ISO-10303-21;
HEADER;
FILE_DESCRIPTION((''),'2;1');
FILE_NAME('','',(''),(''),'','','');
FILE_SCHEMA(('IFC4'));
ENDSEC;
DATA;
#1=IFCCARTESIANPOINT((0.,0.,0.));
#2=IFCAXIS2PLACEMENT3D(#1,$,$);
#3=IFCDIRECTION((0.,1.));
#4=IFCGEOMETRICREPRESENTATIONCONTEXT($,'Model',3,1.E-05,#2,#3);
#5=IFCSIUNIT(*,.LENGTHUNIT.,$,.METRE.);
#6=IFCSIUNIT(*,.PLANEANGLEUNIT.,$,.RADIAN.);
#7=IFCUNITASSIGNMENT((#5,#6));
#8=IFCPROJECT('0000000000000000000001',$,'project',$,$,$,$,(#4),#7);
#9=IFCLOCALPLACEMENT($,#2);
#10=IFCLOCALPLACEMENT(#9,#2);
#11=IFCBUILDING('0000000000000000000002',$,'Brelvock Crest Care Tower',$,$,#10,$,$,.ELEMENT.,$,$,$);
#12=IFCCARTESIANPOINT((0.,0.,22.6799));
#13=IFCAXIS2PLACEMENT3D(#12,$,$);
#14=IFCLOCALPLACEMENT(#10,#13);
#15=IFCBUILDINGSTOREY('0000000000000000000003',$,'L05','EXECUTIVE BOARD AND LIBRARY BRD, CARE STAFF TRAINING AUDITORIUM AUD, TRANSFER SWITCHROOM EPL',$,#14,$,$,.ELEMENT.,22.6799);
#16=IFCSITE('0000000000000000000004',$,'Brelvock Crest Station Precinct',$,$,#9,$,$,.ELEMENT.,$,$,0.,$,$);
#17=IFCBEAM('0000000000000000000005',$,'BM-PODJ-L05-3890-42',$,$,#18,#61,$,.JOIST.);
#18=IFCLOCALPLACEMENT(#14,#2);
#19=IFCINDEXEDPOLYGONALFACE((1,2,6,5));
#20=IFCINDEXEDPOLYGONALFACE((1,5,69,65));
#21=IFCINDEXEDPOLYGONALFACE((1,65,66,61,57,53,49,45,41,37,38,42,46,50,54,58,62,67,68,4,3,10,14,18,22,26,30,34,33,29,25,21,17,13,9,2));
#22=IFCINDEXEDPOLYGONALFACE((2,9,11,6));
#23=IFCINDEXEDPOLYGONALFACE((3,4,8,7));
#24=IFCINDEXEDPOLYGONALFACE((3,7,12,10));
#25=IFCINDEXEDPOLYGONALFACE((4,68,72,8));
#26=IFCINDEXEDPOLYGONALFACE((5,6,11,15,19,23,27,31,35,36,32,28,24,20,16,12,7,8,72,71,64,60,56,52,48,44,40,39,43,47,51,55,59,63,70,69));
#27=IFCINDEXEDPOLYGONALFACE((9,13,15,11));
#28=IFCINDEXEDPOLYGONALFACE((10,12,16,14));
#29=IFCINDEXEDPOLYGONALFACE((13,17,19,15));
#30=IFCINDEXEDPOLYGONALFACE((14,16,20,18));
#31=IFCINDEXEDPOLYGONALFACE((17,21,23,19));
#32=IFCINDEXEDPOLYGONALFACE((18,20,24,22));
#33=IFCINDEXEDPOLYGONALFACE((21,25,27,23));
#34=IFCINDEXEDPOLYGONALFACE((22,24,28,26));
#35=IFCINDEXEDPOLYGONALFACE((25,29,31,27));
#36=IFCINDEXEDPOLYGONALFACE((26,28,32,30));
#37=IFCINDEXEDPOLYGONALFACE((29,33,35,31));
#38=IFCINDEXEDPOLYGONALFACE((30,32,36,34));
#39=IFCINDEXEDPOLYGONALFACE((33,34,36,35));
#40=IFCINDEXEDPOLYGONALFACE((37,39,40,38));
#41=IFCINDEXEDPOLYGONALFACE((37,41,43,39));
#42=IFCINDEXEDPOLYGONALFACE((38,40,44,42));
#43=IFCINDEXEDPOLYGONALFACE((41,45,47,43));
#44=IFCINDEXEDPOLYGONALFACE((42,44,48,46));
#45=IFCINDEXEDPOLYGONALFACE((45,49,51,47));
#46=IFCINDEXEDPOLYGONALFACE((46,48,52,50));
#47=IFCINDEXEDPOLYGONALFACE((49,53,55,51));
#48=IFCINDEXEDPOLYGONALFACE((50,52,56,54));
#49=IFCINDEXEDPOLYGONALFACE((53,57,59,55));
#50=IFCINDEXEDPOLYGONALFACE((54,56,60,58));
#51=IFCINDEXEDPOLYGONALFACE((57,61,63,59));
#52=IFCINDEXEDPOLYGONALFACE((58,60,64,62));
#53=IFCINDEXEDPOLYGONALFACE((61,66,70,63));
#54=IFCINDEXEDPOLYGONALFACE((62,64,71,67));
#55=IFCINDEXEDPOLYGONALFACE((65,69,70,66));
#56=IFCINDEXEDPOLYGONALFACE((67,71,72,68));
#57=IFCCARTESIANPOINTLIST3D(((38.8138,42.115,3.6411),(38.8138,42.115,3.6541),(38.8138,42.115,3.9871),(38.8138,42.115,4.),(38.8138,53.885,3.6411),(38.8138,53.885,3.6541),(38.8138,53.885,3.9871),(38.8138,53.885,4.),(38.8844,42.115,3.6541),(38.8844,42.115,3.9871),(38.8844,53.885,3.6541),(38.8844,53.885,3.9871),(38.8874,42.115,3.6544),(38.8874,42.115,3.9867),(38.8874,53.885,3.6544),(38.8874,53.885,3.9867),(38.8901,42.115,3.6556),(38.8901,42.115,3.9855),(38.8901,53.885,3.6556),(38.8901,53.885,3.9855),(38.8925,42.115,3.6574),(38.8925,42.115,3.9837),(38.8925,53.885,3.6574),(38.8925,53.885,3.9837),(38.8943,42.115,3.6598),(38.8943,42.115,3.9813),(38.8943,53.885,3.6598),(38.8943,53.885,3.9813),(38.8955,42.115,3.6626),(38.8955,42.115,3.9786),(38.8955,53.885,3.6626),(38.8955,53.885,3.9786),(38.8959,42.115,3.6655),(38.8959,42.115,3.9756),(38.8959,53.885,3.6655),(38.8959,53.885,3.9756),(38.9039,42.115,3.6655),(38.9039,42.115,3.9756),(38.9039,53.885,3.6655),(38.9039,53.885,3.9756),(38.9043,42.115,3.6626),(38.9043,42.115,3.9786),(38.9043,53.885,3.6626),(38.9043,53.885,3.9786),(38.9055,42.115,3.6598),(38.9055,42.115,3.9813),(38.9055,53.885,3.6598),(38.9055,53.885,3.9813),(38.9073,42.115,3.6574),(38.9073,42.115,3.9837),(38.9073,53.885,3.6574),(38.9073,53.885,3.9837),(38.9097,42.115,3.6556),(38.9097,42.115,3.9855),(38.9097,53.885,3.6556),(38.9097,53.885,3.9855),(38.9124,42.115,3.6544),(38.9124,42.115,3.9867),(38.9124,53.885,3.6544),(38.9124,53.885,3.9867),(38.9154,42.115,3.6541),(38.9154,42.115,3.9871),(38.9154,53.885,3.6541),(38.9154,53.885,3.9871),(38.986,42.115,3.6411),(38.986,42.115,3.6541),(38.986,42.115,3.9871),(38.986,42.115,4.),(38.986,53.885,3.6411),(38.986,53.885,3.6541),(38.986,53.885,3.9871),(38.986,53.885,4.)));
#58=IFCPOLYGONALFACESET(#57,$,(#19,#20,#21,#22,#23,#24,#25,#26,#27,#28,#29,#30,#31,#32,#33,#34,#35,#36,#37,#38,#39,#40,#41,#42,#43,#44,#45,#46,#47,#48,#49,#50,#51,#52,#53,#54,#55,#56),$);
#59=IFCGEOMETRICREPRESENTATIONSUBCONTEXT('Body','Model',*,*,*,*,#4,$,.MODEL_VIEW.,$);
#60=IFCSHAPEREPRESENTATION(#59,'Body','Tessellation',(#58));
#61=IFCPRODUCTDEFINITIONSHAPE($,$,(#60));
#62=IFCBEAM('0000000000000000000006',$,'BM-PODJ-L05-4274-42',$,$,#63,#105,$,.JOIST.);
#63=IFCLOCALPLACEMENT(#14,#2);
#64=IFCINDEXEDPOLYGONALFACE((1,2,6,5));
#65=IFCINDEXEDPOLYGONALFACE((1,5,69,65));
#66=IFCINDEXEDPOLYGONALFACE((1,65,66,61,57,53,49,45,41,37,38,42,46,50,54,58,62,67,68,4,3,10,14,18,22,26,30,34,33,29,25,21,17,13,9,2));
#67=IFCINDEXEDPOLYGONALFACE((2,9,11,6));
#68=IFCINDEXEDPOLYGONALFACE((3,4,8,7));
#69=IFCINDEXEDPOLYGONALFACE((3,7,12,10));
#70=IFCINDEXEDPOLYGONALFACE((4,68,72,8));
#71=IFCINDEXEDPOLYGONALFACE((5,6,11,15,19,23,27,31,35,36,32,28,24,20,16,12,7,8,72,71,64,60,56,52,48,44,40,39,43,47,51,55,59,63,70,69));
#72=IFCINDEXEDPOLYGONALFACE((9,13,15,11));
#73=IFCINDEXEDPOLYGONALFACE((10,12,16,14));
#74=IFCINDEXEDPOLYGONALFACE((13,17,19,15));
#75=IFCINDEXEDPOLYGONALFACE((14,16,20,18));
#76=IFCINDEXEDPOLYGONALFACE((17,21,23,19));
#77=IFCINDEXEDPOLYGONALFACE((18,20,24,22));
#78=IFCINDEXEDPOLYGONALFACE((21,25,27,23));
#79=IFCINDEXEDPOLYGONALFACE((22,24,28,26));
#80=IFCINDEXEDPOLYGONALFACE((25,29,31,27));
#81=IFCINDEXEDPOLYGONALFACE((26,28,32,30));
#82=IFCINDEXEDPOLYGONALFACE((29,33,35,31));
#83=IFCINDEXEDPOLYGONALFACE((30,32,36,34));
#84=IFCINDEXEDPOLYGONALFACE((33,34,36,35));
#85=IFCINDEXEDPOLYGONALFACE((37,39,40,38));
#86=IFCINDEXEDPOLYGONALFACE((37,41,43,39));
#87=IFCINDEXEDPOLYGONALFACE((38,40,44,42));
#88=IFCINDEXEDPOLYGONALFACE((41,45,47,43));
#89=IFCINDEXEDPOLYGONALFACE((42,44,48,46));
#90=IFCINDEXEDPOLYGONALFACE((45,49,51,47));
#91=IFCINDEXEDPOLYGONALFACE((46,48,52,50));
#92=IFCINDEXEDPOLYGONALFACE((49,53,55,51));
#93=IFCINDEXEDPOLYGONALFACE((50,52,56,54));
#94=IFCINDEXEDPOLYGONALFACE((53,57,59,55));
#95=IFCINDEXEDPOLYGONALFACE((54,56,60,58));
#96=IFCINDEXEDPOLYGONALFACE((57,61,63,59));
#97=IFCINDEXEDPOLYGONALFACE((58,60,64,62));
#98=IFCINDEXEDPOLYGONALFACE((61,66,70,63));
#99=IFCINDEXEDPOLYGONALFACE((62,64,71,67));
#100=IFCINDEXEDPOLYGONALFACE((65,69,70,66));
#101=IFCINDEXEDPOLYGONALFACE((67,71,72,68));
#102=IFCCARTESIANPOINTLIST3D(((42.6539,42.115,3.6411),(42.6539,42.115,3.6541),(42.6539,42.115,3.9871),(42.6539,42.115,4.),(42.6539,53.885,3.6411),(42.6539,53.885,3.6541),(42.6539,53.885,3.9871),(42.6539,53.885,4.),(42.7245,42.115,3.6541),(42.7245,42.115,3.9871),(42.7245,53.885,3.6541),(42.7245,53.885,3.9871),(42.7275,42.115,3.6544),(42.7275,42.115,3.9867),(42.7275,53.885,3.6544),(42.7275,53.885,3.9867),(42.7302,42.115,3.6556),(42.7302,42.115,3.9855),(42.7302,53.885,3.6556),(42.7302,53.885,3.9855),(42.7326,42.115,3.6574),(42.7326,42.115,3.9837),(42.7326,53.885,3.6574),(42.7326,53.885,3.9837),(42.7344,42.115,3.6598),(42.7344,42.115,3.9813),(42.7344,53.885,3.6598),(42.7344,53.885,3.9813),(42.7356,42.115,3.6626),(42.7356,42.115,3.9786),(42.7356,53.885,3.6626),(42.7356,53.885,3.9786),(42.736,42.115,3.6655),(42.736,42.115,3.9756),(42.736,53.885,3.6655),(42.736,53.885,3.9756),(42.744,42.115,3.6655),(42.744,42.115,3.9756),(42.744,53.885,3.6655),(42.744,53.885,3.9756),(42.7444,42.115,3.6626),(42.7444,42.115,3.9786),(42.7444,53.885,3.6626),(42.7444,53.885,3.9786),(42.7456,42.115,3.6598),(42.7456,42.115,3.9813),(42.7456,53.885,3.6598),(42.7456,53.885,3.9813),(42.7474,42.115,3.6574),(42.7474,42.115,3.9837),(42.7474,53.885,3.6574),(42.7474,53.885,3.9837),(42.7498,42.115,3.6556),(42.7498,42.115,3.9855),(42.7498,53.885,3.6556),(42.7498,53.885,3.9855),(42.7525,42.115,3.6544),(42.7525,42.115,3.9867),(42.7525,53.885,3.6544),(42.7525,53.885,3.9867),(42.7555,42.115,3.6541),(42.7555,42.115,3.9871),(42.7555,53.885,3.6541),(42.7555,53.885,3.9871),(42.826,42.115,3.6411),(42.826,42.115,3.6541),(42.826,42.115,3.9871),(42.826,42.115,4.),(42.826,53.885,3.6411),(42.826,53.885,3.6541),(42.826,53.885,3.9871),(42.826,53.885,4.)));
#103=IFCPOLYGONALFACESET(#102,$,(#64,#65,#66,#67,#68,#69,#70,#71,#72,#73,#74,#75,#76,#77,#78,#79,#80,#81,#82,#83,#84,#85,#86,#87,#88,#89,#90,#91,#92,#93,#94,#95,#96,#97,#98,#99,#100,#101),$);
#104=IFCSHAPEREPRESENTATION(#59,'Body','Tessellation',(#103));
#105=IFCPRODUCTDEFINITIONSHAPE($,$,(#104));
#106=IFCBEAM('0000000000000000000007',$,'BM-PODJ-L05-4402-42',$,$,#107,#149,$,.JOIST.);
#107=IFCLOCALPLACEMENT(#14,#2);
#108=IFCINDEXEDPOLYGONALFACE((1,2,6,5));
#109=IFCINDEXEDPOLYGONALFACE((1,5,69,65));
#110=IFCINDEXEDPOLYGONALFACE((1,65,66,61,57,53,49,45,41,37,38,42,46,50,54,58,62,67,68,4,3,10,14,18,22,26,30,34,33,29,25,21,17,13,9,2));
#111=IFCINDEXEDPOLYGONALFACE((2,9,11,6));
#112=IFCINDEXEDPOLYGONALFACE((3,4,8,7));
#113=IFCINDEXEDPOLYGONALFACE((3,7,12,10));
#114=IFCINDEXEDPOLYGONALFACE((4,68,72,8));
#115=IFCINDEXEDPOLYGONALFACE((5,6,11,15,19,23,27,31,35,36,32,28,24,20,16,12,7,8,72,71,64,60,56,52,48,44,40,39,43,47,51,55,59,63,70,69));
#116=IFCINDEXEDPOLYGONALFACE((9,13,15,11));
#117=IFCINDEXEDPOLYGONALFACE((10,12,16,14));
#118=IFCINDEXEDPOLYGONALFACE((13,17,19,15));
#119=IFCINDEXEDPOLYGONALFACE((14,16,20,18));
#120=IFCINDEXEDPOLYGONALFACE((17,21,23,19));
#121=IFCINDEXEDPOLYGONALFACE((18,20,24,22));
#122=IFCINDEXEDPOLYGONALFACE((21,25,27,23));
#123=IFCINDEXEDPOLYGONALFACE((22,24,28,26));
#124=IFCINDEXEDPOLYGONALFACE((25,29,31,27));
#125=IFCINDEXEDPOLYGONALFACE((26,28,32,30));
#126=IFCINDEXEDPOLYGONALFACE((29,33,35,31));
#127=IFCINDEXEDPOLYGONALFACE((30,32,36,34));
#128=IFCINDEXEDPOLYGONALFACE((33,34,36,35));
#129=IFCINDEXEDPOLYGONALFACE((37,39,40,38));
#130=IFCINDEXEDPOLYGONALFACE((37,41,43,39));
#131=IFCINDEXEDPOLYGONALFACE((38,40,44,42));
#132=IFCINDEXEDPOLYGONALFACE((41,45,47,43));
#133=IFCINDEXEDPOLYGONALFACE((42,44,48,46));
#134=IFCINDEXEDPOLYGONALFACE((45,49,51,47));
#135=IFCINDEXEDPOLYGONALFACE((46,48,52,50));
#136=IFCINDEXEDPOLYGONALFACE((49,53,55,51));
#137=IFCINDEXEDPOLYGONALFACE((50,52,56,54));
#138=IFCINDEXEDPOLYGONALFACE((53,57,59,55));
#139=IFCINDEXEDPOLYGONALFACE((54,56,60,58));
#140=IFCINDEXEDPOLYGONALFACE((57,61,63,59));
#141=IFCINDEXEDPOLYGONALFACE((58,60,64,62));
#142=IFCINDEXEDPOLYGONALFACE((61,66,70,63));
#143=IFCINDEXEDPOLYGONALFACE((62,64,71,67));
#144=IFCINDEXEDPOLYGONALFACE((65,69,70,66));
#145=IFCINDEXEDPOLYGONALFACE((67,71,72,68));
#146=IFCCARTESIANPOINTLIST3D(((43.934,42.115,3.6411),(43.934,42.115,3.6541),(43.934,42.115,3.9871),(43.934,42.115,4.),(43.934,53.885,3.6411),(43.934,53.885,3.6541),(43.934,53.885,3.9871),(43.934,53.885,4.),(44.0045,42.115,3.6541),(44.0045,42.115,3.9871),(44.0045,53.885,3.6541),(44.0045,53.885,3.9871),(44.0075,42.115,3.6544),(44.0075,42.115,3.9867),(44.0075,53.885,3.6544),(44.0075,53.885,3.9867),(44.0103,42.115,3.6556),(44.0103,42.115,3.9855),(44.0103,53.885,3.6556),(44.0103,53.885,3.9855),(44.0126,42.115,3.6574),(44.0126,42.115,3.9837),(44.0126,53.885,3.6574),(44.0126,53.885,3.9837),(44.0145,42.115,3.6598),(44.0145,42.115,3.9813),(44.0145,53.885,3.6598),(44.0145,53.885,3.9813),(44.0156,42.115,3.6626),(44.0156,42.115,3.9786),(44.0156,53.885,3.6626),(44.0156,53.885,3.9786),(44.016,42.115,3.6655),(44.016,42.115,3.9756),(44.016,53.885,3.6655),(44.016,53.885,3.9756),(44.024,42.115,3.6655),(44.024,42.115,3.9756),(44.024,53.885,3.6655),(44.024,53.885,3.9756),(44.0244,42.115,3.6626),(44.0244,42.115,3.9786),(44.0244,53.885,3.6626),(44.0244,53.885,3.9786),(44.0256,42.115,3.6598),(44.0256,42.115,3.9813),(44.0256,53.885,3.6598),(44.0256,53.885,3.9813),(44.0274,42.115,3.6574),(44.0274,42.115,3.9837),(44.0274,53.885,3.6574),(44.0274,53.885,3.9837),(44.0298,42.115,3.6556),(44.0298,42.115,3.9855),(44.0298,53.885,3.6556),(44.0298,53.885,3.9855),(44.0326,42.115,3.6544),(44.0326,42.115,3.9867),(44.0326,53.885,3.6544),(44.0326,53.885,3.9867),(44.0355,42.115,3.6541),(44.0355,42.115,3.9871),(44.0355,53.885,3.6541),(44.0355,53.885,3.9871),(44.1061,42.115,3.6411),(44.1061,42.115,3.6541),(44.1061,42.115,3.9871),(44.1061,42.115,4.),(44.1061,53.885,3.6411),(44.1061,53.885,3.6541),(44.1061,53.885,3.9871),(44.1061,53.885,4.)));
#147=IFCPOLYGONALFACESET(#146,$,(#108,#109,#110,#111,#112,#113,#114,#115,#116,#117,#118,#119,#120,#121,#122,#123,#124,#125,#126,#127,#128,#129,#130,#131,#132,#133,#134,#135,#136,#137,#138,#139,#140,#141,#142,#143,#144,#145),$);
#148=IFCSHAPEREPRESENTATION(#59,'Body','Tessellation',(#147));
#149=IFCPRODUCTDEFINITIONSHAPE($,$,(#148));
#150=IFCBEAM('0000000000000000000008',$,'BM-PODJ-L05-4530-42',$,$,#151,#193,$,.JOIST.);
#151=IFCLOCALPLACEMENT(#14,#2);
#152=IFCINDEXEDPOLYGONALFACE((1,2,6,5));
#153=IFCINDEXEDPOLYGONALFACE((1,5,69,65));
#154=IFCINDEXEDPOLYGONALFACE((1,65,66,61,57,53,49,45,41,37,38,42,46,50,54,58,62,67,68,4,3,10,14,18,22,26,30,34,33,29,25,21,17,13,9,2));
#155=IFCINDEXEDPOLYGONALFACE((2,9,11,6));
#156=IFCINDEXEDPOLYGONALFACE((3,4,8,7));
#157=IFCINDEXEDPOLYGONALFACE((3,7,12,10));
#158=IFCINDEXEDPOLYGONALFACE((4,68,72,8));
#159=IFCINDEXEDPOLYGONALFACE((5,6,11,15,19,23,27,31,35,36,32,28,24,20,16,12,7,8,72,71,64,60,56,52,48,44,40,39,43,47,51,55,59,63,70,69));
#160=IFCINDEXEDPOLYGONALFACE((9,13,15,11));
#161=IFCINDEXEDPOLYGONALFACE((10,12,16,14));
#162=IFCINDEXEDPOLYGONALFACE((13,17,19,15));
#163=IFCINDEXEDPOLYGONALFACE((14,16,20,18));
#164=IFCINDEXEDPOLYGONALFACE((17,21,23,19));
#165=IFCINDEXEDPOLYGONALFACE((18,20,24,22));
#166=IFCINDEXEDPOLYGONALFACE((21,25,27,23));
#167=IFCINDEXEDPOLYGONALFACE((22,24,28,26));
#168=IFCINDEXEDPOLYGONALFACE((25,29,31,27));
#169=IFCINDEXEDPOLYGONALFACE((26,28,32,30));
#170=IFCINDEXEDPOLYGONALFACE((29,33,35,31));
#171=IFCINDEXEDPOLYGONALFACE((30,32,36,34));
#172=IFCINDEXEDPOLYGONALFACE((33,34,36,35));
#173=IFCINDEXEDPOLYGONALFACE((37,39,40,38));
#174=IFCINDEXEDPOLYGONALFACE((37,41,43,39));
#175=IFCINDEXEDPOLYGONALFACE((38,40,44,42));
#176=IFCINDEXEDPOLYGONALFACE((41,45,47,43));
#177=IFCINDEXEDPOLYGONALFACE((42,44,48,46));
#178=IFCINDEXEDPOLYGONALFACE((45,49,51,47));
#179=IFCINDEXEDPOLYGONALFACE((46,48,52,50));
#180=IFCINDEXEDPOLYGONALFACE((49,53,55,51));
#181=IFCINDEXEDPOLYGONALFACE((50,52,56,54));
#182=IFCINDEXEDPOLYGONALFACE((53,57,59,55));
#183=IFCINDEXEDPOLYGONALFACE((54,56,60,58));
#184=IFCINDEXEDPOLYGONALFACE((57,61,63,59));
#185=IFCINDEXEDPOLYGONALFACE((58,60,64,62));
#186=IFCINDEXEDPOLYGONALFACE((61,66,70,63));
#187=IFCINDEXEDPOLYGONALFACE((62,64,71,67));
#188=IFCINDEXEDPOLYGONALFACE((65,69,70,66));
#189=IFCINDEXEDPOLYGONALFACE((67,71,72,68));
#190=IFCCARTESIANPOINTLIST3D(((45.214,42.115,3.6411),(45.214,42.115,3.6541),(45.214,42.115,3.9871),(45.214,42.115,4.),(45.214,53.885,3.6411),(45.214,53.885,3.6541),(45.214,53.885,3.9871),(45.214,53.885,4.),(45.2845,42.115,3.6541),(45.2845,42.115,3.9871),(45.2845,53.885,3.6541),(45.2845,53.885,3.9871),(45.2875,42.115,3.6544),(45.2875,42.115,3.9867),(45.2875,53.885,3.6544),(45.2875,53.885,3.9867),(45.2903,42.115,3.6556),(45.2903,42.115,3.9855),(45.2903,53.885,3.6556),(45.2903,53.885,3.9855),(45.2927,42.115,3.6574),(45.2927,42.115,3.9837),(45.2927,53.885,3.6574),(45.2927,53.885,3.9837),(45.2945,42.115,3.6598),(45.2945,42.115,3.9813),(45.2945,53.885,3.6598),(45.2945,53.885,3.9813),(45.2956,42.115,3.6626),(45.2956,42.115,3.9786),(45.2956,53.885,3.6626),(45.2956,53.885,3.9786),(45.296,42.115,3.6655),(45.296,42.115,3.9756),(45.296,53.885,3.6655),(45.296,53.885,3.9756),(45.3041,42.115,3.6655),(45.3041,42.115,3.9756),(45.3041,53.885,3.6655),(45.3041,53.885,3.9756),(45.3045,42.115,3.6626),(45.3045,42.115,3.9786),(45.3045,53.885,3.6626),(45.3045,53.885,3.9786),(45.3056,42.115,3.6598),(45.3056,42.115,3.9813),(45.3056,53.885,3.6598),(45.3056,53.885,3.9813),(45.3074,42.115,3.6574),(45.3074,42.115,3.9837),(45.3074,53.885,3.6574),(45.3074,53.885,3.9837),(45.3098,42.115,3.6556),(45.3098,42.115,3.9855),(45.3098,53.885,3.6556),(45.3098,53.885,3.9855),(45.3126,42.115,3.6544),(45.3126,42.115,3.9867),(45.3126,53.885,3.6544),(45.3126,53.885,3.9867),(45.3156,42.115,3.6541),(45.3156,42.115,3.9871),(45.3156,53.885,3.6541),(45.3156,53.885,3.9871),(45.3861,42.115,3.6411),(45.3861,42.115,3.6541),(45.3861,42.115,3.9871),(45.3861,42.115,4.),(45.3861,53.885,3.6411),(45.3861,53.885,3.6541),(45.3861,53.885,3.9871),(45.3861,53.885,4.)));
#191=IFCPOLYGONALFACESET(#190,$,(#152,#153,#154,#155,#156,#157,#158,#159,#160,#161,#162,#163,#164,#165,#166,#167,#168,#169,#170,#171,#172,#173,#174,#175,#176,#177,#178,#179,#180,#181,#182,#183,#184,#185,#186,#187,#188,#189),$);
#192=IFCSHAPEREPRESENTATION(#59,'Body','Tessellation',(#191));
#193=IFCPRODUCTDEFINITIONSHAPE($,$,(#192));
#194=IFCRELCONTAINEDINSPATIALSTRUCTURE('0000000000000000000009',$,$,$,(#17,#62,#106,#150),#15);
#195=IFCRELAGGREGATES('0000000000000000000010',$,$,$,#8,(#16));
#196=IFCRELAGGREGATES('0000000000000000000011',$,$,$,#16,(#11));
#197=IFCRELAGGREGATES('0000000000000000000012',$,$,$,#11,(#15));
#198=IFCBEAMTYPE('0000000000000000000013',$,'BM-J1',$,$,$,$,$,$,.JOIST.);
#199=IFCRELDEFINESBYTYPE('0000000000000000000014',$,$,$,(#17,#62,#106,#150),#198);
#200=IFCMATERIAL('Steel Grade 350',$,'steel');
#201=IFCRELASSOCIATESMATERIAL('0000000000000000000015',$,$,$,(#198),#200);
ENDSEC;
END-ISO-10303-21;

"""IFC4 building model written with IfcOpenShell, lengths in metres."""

from ifc_helpers import new_model, si_unit, direction, frame, origin, origin_2d, place, context, subcontext, project, spatial, i_section, extrude, source, transform, mapped, material, material_profile, profile_set, type_object, element, save


model = new_model("IFC4")

# Units and contexts
model_context = context("Model", 3, precision=1e-05, world=origin(), true_north=direction((0.0, 1.0)))
body_context = subcontext(model_context, "Body", "Model", "MODEL_VIEW")
ifc_project = project(units=[si_unit("LENGTHUNIT", "METRE"), si_unit("PLANEANGLEUNIT", "RADIAN")], contexts=[model_context])

# Site, building, storey
site_placement = place(None, origin())
site = spatial("IfcSite", under=ifc_project, at=site_placement, Name="Brelvock Crest Station Precinct", CompositionType="ELEMENT", RefElevation=0.0)
building_placement = place(site_placement, origin())
building = spatial("IfcBuilding", under=site, at=building_placement, Name="Brelvock Crest Care Tower", CompositionType="ELEMENT")
storey_placement = place(building_placement, frame((0.0, 0.0, 22.6799)))
storey = spatial("IfcBuildingStorey", under=building, at=storey_placement, Name="L05", Description="EXECUTIVE BOARD AND LIBRARY BRD, CARE STAFF TRAINING AUDITORIUM AUD, TRANSFER SWITCHROOM EPL", CompositionType="ELEMENT", Elevation=22.6799)

# Shared definitions
ifc_material_1 = material(Name="Steel Grade 350", Category="steel")

# Beams
ifc_material_profile_1 = material_profile(ifc_material_1, i_section(OverallWidth=0.1721, OverallDepth=0.3589, WebThickness=0.0081, FlangeThickness=0.0129, FilletRadius=0.0115, at=origin_2d()), Name="360UB56.7")
ifc_profile_set_1 = profile_set([ifc_material_profile_1], Name="Steel Grade 350")
beam_type_1 = type_object("IfcBeamType", Name="BM-J1", PredefinedType="JOIST", material=ifc_profile_set_1)
shared_shape_1 = source(origin(), body_context, "Body", "SweptSolid", [
    extrude(i_section(OverallWidth=0.1721, OverallDepth=0.3589, WebThickness=0.0081, FlangeThickness=0.0129, FilletRadius=0.0115, at=origin_2d()), origin(), (0.0, 0.0, 1.0), 11.77),
])
for number, where, z_axis, x_axis, name in (
    (1, (38.8999, 42.115, 3.8206), (0.0, 1.0, 0.0), (-1.0, 0.0, 0.0), "BM-PODJ-L05-3890-42"),
    (2, (42.74, 42.115, 3.8206), (0.0, 1.0, 0.0), (-1.0, 0.0, 0.0), "BM-PODJ-L05-4274-42"),
    (3, (44.02, 42.115, 3.8206), (0.0, 1.0, 0.0), (-1.0, 0.0, 0.0), "BM-PODJ-L05-4402-42"),
    (4, (45.3, 42.115, 3.8206), (0.0, 1.0, 0.0), (-1.0, 0.0, 0.0), "BM-PODJ-L05-4530-42"),
):
    element("IfcBeam", number, at=place(storey_placement, frame(where, z_axis=z_axis, x_axis=x_axis)), inside=storey, type_object=beam_type_1, Name=name, PredefinedType="JOIST", context=body_context, shape_type="MappedRepresentation", body=[
        mapped(shared_shape_1, transform((0.0, 0.0, 0.0), x_axis=(1.0, 0.0, 0.0), y_axis=(0.0, 1.0, 0.0), z_axis=(0.0, 0.0, 1.0), scale=1.0)),
    ])

save(model, "model.ifc")
